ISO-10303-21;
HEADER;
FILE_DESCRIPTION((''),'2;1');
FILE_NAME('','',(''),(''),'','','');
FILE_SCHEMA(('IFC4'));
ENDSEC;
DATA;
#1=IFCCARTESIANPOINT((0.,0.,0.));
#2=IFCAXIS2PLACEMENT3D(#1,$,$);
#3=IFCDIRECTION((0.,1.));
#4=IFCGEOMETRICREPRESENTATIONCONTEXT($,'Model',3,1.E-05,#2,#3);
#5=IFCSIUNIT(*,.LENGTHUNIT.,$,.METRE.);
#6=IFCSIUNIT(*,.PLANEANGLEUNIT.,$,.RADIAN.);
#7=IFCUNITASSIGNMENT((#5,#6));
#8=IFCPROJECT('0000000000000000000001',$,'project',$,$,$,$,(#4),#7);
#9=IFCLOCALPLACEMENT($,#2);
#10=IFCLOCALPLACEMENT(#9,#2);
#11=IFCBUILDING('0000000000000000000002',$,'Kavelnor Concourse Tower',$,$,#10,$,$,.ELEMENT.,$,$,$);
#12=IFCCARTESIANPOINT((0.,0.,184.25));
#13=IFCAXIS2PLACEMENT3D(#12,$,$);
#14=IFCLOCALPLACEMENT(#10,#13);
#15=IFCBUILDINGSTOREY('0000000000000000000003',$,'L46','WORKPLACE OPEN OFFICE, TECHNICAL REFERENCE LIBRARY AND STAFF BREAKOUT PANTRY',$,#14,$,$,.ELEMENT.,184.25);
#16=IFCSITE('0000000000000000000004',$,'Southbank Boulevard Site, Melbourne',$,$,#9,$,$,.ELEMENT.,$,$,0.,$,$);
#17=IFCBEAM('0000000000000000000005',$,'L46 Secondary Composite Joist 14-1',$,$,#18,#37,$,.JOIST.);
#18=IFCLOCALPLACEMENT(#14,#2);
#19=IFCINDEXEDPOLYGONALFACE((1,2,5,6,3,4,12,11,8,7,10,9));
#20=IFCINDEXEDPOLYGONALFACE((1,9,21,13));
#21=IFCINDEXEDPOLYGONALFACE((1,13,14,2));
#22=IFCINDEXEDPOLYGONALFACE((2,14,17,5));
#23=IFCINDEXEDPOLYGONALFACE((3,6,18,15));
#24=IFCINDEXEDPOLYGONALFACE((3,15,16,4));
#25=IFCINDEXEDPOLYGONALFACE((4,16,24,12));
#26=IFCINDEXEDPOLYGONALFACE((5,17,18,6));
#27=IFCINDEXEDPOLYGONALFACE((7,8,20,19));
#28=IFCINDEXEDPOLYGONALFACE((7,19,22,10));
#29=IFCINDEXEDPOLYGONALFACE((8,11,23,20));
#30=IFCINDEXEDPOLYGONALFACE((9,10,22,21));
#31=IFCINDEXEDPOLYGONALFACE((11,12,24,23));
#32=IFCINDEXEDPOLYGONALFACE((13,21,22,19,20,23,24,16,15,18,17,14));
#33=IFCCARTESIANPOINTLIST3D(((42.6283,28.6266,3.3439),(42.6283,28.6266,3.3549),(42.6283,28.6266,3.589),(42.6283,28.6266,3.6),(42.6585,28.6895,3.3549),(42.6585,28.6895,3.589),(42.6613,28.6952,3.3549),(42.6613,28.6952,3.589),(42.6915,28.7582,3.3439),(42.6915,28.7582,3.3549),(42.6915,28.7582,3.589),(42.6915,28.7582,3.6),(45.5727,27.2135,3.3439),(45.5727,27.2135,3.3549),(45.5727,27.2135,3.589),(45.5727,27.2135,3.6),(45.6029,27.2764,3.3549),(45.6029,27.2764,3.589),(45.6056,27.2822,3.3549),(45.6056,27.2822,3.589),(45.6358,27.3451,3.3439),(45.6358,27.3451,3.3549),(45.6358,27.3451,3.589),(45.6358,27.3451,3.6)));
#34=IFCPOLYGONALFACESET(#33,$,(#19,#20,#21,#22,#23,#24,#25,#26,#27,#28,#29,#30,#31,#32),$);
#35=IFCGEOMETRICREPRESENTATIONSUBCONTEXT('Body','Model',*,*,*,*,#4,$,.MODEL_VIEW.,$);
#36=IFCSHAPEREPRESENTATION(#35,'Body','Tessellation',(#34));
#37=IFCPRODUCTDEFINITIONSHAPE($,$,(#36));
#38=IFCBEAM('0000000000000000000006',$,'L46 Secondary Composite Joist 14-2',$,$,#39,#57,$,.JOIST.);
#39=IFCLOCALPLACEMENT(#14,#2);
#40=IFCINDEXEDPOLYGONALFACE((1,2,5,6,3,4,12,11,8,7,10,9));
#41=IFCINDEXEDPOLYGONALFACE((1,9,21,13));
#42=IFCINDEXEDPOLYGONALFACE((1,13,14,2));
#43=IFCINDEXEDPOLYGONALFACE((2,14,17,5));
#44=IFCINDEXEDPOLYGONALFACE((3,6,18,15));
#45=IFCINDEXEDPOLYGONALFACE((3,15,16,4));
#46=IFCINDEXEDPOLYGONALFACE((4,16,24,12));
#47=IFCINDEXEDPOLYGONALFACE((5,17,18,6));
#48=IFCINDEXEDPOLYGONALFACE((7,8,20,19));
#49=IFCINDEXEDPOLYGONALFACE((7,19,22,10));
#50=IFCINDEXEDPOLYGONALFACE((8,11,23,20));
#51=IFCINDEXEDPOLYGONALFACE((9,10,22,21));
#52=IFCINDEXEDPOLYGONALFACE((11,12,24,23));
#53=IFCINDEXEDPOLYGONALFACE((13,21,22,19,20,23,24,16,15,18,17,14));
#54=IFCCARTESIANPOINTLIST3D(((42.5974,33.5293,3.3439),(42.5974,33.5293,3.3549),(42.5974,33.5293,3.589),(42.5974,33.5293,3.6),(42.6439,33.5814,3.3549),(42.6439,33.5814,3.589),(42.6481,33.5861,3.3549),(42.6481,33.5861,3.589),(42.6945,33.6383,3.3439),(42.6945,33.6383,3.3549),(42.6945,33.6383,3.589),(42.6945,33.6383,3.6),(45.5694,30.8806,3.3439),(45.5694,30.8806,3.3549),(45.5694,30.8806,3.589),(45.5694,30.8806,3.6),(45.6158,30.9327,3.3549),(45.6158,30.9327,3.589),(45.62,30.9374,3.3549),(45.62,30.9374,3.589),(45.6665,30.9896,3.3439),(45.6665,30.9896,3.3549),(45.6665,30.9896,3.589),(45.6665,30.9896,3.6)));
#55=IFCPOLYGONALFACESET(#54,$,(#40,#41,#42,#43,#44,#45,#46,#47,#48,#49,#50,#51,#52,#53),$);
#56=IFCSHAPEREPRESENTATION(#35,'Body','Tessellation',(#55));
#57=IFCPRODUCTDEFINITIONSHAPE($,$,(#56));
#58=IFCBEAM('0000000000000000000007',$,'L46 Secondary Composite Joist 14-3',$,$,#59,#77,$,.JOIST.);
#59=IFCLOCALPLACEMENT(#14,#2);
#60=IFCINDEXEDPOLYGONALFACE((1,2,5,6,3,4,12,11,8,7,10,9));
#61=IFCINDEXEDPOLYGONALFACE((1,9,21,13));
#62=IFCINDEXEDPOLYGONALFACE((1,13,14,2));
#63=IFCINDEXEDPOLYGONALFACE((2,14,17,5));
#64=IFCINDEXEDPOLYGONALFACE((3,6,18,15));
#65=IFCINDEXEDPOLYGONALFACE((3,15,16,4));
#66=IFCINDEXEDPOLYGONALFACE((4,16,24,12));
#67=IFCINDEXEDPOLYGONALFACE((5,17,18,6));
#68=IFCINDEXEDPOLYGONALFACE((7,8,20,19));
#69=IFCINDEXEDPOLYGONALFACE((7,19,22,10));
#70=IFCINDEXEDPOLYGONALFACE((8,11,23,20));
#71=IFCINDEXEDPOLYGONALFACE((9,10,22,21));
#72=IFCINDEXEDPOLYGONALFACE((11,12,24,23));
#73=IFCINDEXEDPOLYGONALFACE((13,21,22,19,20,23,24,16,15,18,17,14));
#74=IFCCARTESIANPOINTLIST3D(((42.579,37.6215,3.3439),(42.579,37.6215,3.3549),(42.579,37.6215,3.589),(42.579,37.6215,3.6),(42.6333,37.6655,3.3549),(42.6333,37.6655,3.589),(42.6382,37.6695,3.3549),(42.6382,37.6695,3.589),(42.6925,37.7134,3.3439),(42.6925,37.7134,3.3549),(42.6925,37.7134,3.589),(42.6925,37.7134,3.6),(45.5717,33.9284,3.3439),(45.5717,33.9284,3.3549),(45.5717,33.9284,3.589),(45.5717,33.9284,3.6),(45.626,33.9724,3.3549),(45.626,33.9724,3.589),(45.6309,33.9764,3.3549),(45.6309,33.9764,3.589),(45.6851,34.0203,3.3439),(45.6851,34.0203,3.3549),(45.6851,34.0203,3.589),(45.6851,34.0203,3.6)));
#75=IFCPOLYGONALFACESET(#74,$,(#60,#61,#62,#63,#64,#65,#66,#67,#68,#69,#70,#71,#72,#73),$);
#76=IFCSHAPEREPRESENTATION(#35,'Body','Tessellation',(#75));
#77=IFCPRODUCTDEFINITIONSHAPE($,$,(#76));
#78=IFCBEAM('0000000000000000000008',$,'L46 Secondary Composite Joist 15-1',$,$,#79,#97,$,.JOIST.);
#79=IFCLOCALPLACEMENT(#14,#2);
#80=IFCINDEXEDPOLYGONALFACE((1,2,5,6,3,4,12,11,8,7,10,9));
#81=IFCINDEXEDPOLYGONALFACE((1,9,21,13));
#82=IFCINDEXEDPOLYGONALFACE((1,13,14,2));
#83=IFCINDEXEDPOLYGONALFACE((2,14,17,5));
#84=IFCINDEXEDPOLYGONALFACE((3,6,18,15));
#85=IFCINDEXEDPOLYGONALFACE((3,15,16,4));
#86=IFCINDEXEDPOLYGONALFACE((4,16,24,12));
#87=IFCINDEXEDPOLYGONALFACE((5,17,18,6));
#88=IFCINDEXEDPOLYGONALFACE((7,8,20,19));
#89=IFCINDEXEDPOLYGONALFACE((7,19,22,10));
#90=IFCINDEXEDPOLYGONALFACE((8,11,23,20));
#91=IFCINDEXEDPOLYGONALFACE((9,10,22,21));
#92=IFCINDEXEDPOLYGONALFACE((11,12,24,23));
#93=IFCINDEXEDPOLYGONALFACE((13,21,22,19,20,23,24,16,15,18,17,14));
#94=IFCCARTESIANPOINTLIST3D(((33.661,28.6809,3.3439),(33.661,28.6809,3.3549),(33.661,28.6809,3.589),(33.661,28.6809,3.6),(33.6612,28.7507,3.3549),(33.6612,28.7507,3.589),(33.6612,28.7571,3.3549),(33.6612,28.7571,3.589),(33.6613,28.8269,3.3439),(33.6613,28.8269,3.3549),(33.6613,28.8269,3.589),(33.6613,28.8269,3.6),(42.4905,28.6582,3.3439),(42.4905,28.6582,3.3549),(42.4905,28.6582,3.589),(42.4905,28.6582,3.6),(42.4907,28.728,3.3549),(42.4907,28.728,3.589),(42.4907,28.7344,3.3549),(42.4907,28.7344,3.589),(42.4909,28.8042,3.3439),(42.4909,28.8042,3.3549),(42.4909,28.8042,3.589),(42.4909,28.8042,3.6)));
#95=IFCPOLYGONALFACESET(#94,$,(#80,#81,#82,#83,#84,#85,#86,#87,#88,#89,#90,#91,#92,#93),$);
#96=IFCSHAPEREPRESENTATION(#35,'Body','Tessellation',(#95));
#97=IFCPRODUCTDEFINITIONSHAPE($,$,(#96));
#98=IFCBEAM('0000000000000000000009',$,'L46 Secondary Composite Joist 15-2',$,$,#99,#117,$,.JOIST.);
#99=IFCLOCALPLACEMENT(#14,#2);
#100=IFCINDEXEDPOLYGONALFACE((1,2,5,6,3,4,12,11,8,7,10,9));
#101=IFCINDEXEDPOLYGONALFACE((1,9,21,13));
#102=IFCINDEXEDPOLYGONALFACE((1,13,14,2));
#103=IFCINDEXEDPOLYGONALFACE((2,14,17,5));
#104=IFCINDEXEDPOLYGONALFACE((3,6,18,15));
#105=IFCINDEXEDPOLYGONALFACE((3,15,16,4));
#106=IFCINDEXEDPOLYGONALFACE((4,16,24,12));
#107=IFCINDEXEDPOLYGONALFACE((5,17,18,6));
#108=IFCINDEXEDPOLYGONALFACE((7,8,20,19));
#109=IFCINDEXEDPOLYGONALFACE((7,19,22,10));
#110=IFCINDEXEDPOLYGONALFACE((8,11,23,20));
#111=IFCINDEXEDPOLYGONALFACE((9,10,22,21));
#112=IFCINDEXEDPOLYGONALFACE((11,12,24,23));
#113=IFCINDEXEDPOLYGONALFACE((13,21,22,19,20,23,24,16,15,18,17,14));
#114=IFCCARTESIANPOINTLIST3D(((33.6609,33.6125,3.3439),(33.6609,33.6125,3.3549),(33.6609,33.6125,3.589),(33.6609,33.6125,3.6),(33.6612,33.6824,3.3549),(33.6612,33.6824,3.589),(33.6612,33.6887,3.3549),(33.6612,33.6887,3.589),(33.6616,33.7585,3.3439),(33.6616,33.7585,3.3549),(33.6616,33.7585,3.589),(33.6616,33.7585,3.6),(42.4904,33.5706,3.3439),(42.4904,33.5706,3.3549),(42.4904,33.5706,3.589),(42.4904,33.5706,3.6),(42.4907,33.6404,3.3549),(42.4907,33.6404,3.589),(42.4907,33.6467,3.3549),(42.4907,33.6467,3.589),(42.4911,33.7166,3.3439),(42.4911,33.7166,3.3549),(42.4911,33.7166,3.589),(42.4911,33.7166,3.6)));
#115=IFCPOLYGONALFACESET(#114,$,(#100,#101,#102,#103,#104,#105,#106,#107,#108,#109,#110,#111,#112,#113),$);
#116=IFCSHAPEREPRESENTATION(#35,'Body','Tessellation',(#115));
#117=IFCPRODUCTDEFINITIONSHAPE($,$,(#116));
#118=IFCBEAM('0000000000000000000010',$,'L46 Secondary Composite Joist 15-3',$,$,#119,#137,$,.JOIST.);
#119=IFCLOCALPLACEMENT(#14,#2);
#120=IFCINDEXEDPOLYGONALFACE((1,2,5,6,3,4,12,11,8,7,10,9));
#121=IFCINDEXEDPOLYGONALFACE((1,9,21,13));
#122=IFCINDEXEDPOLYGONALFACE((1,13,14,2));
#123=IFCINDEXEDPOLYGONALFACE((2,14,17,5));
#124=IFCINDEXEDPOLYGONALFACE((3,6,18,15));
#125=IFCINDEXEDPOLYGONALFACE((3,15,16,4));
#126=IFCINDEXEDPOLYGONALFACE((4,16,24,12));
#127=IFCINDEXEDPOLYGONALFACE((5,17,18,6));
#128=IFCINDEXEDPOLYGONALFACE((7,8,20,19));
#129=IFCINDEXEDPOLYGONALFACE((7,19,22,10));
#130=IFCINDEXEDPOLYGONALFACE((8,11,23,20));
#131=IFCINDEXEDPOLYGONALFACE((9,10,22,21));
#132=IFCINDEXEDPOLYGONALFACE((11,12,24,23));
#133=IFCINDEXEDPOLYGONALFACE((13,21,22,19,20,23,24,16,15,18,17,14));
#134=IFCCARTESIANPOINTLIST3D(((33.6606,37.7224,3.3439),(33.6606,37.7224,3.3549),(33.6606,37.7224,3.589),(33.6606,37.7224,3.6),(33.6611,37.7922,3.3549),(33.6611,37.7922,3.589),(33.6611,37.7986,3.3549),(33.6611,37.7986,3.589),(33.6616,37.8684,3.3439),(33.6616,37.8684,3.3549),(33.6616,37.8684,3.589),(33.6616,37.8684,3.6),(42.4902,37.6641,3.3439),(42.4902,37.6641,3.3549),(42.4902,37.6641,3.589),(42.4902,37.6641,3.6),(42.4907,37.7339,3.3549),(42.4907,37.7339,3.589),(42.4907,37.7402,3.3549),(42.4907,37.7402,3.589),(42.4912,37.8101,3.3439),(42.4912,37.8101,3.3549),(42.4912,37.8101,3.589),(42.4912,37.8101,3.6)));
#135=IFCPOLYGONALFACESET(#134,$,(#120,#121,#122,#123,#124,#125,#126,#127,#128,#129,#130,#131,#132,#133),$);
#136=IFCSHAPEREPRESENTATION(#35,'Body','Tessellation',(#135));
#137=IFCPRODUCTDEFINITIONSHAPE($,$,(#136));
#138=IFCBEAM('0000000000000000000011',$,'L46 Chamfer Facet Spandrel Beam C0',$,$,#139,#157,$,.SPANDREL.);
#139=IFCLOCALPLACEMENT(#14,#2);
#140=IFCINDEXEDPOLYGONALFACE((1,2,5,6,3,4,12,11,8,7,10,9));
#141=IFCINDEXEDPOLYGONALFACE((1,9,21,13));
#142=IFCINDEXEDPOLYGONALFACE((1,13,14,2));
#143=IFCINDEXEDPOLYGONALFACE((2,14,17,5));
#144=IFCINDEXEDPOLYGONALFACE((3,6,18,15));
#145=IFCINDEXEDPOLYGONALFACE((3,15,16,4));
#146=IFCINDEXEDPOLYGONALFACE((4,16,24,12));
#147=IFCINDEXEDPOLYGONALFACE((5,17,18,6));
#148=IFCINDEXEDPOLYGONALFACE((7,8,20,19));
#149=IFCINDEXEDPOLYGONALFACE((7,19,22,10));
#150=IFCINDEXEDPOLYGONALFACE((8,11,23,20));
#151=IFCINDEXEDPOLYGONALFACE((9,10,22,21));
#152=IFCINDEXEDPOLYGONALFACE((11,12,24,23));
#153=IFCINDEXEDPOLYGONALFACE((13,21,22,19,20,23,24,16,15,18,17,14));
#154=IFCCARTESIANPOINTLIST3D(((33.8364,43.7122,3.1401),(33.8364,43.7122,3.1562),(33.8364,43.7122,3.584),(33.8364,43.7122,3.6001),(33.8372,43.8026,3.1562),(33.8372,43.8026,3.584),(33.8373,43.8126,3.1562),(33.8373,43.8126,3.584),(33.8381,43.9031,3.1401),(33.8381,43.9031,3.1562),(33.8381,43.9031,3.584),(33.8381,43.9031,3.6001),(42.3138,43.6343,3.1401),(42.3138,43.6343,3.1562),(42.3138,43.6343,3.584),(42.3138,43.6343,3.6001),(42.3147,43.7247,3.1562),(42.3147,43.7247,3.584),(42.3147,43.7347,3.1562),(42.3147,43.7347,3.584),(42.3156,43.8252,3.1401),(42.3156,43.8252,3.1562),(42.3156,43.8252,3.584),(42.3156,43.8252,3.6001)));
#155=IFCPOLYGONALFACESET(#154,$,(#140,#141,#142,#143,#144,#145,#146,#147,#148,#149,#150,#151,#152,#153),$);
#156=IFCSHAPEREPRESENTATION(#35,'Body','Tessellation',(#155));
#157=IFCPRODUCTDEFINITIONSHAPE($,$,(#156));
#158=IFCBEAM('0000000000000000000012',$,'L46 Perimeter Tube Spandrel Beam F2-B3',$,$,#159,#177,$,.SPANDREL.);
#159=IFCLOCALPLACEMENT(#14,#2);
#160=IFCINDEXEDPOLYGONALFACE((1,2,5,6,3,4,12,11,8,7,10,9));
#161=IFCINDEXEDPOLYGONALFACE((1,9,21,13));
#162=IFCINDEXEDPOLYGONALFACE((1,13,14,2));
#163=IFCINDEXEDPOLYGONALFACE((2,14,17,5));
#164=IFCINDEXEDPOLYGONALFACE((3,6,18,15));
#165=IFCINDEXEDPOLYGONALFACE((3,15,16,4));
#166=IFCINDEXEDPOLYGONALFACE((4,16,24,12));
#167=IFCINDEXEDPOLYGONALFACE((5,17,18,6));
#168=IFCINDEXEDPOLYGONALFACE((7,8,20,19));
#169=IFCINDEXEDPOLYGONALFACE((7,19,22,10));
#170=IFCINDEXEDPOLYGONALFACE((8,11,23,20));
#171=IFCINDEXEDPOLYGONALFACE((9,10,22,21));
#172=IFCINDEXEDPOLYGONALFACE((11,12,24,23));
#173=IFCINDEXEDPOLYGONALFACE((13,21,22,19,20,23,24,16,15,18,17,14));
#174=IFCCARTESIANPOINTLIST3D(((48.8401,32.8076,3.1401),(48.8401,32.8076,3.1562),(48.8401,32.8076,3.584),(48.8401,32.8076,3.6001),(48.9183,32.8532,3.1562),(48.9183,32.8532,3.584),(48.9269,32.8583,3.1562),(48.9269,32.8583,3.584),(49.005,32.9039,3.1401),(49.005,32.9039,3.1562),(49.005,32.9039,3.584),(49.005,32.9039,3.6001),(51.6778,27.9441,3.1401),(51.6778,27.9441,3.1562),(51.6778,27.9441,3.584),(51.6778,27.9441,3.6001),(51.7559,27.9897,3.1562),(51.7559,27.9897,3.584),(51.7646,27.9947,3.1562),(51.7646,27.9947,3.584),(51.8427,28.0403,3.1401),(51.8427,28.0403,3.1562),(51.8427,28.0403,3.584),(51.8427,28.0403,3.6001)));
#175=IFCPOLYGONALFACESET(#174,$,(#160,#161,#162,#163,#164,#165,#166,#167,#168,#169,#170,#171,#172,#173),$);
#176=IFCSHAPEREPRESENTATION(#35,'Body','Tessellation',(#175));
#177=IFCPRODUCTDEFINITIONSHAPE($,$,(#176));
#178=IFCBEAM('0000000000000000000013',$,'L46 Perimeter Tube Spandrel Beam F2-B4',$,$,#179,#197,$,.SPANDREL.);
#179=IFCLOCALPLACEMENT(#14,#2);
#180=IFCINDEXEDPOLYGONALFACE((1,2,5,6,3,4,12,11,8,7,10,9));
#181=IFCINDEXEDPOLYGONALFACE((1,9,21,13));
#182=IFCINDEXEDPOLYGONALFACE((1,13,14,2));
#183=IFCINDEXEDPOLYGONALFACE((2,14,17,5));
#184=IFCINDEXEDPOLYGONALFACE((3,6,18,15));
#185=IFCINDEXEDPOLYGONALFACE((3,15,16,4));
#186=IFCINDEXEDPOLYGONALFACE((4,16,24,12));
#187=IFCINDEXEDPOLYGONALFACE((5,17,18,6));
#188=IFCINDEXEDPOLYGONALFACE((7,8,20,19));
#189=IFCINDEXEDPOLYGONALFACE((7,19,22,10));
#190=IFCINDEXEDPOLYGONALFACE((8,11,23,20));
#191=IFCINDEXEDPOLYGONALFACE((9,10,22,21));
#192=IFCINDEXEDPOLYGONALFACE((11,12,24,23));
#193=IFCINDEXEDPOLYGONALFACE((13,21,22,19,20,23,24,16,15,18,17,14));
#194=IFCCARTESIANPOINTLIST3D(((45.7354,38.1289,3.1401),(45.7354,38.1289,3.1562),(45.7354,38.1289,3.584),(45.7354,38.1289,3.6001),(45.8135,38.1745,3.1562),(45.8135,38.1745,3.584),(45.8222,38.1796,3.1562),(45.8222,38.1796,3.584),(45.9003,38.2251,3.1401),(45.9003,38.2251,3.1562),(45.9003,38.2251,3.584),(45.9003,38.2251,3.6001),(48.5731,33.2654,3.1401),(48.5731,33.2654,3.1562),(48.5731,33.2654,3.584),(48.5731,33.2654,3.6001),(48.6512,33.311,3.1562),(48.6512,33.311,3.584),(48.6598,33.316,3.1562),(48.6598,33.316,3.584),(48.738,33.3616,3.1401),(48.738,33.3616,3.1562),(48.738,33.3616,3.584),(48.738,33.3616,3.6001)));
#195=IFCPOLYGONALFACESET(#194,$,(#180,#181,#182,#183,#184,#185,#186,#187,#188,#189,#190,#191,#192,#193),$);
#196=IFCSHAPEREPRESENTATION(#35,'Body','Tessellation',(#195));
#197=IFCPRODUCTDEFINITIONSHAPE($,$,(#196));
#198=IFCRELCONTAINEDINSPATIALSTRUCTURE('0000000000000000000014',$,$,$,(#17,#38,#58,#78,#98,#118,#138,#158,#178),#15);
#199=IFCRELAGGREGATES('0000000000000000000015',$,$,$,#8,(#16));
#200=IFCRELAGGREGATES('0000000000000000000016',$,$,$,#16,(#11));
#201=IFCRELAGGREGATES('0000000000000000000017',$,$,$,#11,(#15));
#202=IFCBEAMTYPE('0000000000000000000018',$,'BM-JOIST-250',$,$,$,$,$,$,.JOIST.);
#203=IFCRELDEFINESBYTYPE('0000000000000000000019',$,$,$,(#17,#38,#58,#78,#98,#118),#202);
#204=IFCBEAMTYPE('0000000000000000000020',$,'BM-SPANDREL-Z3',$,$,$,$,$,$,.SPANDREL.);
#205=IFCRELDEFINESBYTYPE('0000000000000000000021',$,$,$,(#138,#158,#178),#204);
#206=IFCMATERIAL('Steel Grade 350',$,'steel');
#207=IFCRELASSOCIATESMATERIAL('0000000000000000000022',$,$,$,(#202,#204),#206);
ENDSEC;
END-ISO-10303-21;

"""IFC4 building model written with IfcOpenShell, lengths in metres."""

from ifc_helpers import new_model, si_unit, direction, frame, origin, origin_2d, place, context, subcontext, project, spatial, i_section, extrude, material, material_profile, profile_set, type_object, element, save


model = new_model("IFC4")

# Units and contexts
model_context = context("Model", 3, precision=1e-05, world=origin(), true_north=direction((0.0, 1.0)))
body_context = subcontext(model_context, "Body", "Model", "MODEL_VIEW")
ifc_project = project(units=[si_unit("LENGTHUNIT", "METRE"), si_unit("PLANEANGLEUNIT", "RADIAN")], contexts=[model_context])

# Site, building, storey
site_placement = place(None, origin())
site = spatial("IfcSite", under=ifc_project, at=site_placement, Name="Southbank Boulevard Site, Melbourne", CompositionType="ELEMENT", RefElevation=0.0)
building_placement = place(site_placement, origin())
building = spatial("IfcBuilding", under=site, at=building_placement, Name="Kavelnor Concourse Tower", CompositionType="ELEMENT")
storey_placement = place(building_placement, frame((0.0, 0.0, 184.25)))
storey = spatial("IfcBuildingStorey", under=building, at=storey_placement, Name="L46", Description="WORKPLACE OPEN OFFICE, TECHNICAL REFERENCE LIBRARY AND STAFF BREAKOUT PANTRY", CompositionType="ELEMENT", Elevation=184.25)

# Shared definitions
ifc_material_1 = material(Name="Steel Grade 350", Category="steel")

# Beams
ifc_material_profile_1 = material_profile(ifc_material_1, i_section(OverallWidth=0.146, OverallDepth=0.2561, WebThickness=0.0063, FlangeThickness=0.011, at=origin_2d()), Name="250UB37")
ifc_profile_set_1 = profile_set([ifc_material_profile_1], Name="Steel Grade 350")
beam_type_1 = type_object("IfcBeamType", Name="BM-JOIST-250", PredefinedType="JOIST", material=ifc_profile_set_1)
beam_1_placement = place(storey_placement, frame((45.6042, 27.2793, 3.4719), z_axis=(-0.901546, 0.432682, 0.0), x_axis=(-0.432682, -0.901546, 0.0)))
element("IfcBeam", 1, at=beam_1_placement, inside=storey, type_object=beam_type_1, Name="L46 Secondary Composite Joist 14-1", PredefinedType="JOIST", context=body_context, shape_type="SweptSolid", body=[
    extrude(i_section(OverallWidth=0.146, OverallDepth=0.2561, WebThickness=0.0063, FlangeThickness=0.011, at=origin_2d()), origin(), (0.0, 0.0, 1.0), 3.2659),
])
beam_2_placement = place(storey_placement, frame((45.6179, 30.9351, 3.4719), z_axis=(-0.746539, 0.665342, 0.0), x_axis=(-0.665342, -0.746539, 0.0)))
element("IfcBeam", 2, at=beam_2_placement, inside=storey, type_object=beam_type_1, Name="L46 Secondary Composite Joist 14-2", PredefinedType="JOIST", context=body_context, shape_type="SweptSolid", body=[
    extrude(i_section(OverallWidth=0.146, OverallDepth=0.2561, WebThickness=0.0063, FlangeThickness=0.011, at=origin_2d()), origin(), (0.0, 0.0, 1.0), 3.981),
])
beam_3_placement = place(storey_placement, frame((45.6284, 33.9744, 3.4719), z_axis=(-0.629581, 0.776935, 0.0), x_axis=(-0.776935, -0.629581, 0.0)))
element("IfcBeam", 3, at=beam_3_placement, inside=storey, type_object=beam_type_1, Name="L46 Secondary Composite Joist 14-3", PredefinedType="JOIST", context=body_context, shape_type="SweptSolid", body=[
    extrude(i_section(OverallWidth=0.146, OverallDepth=0.2561, WebThickness=0.0063, FlangeThickness=0.011, at=origin_2d()), origin(), (0.0, 0.0, 1.0), 4.7534),
])
for number, where, z_axis, x_axis, name in (
    (4, (42.4907, 28.7312, 3.4719), (-0.999997, 0.002571, 0.0), (-0.002571, -0.999997, 0.0), "L46 Secondary Composite Joist 15-1"),
    (5, (42.4907, 33.6436, 3.4719), (-0.999989, 0.004756, 0.0), (-0.004756, -0.999989, 0.0), "L46 Secondary Composite Joist 15-2"),
):
    element("IfcBeam", number, at=place(storey_placement, frame(where, z_axis=z_axis, x_axis=x_axis)), inside=storey, type_object=beam_type_1, Name=name, PredefinedType="JOIST", context=body_context, shape_type="SweptSolid", body=[
        extrude(i_section(OverallWidth=0.146, OverallDepth=0.2561, WebThickness=0.0063, FlangeThickness=0.011, at=origin_2d()), origin(), (0.0, 0.0, 1.0), 8.8296),
    ])
beam_4_placement = place(storey_placement, frame((42.4907, 37.7371, 3.4719), z_axis=(-0.999978, 0.006608, 0.0), x_axis=(-0.006608, -0.999978, 0.0)))
element("IfcBeam", 6, at=beam_4_placement, inside=storey, type_object=beam_type_1, Name="L46 Secondary Composite Joist 15-3", PredefinedType="JOIST", context=body_context, shape_type="SweptSolid", body=[
    extrude(i_section(OverallWidth=0.146, OverallDepth=0.2561, WebThickness=0.0063, FlangeThickness=0.011, at=origin_2d()), origin(), (0.0, 0.0, 1.0), 8.8298),
])
ifc_material_profile_2 = material_profile(ifc_material_1, i_section(OverallWidth=0.1909, OverallDepth=0.46, WebThickness=0.01, FlangeThickness=0.0161, at=origin_2d()), Name="460UB82")
ifc_profile_set_2 = profile_set([ifc_material_profile_2], Name="Steel Grade 350")
beam_type_2 = type_object("IfcBeamType", Name="BM-SPANDREL-Z3", PredefinedType="SPANDREL", material=ifc_profile_set_2)
beam_5_placement = place(storey_placement, frame((42.3147, 43.7297, 3.3701), z_axis=(-0.999958, 0.009186, 0.0), x_axis=(-0.009186, -0.999958, 0.0)))
element("IfcBeam", 7, at=beam_5_placement, inside=storey, type_object=beam_type_2, Name="L46 Chamfer Facet Spandrel Beam C0", PredefinedType="SPANDREL", context=body_context, shape_type="SweptSolid", body=[
    extrude(i_section(OverallWidth=0.1909, OverallDepth=0.46, WebThickness=0.01, FlangeThickness=0.0161, at=origin_2d()), origin(), (0.0, 0.0, 1.0), 8.4778),
])
for number, where, z_axis, x_axis, name in (
    (8, (51.7603, 27.9922, 3.3701), (-0.503949, 0.863733, 0.0), (-0.863733, -0.503949, 0.0), "L46 Perimeter Tube Spandrel Beam F2-B3"),
    (9, (48.6555, 33.3135, 3.3701), (-0.503949, 0.863733, 0.0), (-0.863733, -0.503949, 0.0), "L46 Perimeter Tube Spandrel Beam F2-B4"),
):
    element("IfcBeam", number, at=place(storey_placement, frame(where, z_axis=z_axis, x_axis=x_axis)), inside=storey, type_object=beam_type_2, Name=name, PredefinedType="SPANDREL", context=body_context, shape_type="SweptSolid", body=[
        extrude(i_section(OverallWidth=0.1909, OverallDepth=0.46, WebThickness=0.01, FlangeThickness=0.0161, at=origin_2d()), origin(), (0.0, 0.0, 1.0), 5.6309),
    ])

save(model, "model.ifc")
